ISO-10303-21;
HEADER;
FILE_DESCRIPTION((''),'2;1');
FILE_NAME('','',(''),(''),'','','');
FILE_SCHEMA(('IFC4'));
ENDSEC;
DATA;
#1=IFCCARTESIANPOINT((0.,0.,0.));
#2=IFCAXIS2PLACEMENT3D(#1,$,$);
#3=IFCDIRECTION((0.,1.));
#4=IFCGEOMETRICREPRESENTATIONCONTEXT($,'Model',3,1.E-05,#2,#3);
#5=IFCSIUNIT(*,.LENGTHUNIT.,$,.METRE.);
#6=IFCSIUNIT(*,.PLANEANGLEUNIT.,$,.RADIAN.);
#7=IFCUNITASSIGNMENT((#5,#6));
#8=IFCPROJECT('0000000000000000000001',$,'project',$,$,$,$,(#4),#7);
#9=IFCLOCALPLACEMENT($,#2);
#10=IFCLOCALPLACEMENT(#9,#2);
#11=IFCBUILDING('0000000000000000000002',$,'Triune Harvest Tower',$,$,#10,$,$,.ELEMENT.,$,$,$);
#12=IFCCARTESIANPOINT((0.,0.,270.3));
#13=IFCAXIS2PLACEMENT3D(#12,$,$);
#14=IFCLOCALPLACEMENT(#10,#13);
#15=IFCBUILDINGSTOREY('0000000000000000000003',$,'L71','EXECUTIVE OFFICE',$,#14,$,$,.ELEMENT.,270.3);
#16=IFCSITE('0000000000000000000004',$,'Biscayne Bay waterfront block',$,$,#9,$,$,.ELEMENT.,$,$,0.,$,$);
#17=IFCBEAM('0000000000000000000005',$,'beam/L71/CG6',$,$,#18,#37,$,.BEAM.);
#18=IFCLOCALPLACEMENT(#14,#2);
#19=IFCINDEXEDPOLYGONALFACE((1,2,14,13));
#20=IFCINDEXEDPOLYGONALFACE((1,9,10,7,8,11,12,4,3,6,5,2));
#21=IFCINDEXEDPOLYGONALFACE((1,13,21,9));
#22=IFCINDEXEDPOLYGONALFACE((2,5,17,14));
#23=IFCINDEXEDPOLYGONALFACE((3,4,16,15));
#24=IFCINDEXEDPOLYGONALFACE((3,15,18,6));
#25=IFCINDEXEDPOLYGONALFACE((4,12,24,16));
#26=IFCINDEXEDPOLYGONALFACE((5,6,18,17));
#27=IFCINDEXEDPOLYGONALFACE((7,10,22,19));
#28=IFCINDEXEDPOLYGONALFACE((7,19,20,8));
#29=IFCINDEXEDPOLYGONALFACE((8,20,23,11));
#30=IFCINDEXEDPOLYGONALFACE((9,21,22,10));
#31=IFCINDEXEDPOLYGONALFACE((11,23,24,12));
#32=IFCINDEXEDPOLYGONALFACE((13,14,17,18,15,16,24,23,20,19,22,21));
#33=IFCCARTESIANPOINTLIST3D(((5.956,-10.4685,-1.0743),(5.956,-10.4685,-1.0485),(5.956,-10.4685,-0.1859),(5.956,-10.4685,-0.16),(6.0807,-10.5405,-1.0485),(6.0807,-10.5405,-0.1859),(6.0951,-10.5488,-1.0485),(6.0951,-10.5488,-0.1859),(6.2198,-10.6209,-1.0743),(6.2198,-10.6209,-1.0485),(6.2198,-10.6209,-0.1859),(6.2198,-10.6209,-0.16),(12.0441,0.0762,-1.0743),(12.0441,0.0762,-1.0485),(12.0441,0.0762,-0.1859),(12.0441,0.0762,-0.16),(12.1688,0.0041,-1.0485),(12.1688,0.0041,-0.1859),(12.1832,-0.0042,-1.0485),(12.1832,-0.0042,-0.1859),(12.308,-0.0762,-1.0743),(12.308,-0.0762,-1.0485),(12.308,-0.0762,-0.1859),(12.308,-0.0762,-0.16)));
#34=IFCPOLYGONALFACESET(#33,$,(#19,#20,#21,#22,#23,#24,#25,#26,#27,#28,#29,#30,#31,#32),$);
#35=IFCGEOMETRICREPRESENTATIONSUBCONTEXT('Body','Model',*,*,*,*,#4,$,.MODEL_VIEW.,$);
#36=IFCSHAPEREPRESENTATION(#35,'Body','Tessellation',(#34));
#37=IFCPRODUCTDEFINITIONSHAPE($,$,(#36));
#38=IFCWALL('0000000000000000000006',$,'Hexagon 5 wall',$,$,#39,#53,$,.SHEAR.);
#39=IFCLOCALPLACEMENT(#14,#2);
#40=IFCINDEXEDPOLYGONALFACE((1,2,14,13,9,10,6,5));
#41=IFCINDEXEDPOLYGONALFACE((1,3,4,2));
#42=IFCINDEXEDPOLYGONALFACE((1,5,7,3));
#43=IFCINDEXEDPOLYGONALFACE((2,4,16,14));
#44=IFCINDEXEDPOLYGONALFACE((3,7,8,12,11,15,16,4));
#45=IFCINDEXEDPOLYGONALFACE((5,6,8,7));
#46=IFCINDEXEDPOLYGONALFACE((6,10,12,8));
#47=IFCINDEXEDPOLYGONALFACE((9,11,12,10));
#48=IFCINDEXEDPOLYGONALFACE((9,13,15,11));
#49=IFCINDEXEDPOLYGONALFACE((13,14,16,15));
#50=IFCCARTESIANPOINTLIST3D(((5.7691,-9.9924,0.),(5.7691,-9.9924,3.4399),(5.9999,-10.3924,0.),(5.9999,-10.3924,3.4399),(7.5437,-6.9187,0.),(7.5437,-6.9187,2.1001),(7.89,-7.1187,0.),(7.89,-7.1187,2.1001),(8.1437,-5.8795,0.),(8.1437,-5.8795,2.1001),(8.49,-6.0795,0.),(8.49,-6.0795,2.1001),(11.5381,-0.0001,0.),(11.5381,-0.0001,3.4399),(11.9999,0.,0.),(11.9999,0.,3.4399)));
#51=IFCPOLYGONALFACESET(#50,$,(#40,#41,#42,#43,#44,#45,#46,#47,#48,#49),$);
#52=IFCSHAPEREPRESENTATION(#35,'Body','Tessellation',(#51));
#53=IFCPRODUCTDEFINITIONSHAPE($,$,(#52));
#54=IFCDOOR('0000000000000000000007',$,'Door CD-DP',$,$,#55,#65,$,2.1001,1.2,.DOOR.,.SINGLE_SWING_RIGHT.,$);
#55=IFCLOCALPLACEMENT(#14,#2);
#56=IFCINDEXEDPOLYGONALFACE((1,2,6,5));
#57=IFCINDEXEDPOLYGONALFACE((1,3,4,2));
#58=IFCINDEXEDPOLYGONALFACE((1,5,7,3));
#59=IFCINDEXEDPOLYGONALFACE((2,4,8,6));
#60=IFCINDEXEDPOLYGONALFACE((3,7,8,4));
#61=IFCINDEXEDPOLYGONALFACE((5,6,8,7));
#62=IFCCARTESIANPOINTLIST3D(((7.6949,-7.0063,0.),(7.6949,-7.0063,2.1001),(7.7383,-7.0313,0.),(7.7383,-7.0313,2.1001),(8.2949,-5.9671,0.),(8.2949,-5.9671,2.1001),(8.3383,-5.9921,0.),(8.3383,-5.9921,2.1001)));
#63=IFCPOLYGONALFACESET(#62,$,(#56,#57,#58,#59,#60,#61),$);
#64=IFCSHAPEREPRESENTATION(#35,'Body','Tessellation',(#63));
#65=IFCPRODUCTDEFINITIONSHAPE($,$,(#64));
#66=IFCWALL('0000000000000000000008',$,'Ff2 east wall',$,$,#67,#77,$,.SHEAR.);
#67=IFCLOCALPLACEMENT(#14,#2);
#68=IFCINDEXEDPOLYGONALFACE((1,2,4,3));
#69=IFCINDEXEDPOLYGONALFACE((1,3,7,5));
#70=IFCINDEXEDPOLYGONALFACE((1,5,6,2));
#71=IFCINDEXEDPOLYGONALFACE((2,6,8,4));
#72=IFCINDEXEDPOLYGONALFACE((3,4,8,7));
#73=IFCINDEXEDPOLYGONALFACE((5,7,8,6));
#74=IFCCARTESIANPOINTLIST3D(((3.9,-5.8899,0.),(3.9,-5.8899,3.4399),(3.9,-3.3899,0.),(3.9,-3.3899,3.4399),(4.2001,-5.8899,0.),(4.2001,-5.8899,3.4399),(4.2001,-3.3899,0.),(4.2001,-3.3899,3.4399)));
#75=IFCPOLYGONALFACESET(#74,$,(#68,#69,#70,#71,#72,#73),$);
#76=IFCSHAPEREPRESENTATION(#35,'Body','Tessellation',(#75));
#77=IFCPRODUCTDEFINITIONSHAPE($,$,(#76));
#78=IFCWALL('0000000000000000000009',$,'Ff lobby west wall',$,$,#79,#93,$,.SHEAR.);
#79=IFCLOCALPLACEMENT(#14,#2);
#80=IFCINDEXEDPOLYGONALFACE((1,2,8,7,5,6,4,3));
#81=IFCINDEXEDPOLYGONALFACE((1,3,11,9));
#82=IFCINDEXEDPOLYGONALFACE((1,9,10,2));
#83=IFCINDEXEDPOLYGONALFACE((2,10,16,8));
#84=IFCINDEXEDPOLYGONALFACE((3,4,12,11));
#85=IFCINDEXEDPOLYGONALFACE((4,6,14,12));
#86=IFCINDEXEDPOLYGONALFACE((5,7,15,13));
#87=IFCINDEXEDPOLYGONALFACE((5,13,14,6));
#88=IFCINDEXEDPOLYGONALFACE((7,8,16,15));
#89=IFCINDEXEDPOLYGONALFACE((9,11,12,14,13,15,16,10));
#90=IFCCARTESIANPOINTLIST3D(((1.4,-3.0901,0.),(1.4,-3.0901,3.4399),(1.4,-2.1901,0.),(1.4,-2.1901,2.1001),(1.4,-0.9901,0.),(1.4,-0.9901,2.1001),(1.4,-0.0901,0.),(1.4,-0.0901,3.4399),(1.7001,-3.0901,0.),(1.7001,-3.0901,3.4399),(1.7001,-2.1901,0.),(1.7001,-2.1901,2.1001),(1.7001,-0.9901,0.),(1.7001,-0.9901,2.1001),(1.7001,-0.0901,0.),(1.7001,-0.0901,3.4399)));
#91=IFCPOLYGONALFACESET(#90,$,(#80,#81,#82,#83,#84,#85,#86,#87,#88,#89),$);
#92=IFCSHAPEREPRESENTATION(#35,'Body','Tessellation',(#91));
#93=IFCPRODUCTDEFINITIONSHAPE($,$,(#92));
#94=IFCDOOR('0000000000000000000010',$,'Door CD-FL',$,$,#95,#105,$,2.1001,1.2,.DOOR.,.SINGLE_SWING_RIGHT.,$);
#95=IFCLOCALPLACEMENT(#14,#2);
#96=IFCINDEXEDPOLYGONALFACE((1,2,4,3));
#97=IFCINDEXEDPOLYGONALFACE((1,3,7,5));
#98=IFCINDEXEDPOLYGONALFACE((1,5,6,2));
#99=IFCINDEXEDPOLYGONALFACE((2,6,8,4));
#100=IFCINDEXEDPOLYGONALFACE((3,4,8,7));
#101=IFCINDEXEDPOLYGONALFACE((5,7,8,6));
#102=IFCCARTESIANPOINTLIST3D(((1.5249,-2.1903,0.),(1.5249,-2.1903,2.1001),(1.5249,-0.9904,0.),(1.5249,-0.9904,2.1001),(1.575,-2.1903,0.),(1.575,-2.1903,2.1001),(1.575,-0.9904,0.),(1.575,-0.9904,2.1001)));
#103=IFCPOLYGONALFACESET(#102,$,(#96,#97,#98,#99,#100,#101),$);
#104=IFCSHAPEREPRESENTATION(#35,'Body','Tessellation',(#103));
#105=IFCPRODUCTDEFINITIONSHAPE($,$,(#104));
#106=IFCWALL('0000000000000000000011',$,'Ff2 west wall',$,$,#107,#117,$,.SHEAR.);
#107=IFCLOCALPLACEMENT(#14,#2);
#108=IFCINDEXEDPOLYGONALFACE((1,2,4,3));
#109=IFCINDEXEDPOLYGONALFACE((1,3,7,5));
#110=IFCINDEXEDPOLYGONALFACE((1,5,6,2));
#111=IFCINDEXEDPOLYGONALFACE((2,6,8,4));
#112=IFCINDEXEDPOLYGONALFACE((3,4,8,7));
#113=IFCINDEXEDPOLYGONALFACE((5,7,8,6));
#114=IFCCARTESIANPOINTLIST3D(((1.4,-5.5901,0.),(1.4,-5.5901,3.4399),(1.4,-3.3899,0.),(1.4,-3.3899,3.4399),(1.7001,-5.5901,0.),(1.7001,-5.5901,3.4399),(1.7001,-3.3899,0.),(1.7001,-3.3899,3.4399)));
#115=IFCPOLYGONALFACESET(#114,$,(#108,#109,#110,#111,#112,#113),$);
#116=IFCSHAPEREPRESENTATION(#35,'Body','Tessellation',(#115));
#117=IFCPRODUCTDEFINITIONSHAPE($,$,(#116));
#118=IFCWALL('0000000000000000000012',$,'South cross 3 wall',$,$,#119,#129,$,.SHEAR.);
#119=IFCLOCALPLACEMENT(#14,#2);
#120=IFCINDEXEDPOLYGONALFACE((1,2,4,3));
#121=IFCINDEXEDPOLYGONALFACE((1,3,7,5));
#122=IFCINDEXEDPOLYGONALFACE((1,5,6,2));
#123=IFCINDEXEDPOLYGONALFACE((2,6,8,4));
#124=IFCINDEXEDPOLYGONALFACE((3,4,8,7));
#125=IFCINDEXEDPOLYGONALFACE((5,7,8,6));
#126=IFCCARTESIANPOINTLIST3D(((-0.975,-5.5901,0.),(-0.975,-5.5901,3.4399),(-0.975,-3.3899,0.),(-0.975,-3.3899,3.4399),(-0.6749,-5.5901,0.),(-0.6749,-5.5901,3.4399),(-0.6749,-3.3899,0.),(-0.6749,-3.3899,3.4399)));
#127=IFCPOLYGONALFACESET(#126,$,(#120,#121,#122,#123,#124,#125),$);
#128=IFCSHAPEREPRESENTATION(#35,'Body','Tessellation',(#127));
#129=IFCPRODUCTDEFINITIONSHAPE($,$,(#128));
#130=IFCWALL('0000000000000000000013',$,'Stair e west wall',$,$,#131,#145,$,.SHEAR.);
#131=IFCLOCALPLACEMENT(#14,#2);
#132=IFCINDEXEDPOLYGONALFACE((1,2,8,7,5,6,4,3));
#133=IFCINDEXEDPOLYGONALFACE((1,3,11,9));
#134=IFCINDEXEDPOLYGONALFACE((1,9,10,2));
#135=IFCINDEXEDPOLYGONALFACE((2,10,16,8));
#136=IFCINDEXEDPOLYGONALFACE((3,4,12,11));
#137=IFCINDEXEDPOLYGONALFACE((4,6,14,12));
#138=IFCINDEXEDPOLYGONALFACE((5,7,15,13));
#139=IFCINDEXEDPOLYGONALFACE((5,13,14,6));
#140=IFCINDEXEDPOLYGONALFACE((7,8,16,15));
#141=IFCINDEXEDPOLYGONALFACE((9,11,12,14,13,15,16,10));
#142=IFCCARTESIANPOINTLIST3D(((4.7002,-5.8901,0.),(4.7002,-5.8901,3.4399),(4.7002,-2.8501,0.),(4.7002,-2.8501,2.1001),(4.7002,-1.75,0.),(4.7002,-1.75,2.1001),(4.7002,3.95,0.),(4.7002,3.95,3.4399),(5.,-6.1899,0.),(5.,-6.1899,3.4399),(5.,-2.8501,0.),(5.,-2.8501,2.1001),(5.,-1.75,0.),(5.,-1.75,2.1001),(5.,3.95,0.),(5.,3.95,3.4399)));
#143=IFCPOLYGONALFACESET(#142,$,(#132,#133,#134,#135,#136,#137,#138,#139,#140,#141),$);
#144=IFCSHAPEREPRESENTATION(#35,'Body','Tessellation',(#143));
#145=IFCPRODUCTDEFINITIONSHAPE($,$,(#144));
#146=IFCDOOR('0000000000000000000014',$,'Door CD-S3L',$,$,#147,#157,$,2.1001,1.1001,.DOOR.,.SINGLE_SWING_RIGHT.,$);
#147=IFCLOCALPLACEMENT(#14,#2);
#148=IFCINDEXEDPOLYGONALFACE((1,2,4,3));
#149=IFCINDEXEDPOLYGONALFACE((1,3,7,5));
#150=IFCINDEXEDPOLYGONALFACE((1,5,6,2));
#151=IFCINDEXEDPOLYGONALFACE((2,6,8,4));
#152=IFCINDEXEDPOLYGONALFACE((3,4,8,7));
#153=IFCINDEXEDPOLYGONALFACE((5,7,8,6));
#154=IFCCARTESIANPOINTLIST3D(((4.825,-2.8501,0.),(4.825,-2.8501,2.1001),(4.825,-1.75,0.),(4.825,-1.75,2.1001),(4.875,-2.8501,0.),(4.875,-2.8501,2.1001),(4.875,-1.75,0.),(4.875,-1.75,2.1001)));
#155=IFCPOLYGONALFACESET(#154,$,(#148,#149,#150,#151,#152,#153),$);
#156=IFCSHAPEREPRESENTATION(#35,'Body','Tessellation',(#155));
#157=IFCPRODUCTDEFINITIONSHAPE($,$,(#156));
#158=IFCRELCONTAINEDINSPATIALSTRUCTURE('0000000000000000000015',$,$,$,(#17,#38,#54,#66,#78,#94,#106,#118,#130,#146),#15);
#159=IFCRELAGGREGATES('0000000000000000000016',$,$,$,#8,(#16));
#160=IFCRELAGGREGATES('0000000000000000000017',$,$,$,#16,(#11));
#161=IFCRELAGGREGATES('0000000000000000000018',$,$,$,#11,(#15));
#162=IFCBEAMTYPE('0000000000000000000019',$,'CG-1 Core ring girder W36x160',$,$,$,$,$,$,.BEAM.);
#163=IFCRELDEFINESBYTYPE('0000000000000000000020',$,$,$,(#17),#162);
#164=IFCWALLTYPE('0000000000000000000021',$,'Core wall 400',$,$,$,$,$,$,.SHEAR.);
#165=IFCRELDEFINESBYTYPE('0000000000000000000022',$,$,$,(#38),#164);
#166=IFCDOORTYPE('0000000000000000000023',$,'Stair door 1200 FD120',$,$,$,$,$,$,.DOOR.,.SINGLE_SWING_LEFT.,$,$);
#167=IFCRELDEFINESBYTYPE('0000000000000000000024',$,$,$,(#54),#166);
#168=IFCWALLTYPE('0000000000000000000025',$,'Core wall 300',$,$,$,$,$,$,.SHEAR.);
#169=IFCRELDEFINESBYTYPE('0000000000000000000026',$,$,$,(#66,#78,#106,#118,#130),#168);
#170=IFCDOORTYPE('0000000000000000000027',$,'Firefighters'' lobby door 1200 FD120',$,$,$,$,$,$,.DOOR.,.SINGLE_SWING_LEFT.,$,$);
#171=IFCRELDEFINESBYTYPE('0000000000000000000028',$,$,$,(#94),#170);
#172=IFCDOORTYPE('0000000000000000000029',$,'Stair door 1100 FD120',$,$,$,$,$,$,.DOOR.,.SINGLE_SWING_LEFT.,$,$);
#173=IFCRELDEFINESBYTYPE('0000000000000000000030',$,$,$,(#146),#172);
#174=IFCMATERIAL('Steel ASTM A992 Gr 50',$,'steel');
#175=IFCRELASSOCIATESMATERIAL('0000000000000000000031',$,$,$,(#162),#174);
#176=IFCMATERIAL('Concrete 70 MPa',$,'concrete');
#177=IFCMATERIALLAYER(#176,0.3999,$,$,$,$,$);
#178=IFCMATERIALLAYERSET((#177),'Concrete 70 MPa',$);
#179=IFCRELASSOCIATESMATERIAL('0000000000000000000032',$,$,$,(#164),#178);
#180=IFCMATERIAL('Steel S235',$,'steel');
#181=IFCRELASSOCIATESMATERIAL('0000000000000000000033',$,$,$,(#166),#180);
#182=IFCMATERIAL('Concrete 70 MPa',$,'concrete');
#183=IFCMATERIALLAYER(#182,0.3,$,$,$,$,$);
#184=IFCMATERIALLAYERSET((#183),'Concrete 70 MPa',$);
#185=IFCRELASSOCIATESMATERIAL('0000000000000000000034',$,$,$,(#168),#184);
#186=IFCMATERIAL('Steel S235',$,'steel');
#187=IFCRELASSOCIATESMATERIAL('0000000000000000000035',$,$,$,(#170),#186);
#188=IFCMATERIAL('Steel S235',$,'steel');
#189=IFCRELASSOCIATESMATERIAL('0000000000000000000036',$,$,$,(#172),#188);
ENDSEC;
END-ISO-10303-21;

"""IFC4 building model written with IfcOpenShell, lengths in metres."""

from ifc_helpers import new_model, si_unit, direction, frame, frame_2d, origin, origin_2d, place, context, subcontext, project, spatial, polyline, rectangle, i_section, outline, extrude, source, transform, mapped, material, layer, layer_set, material_profile, profile_set, type_object, element, fill, save


model = new_model("IFC4")

# Units and contexts
model_context = context("Model", 3, precision=1e-05, world=origin(), true_north=direction((0.0, 1.0)))
body_context = subcontext(model_context, "Body", "Model", "MODEL_VIEW")
ifc_project = project(units=[si_unit("LENGTHUNIT", "METRE"), si_unit("PLANEANGLEUNIT", "RADIAN")], contexts=[model_context])

# Site, building, storey
site_placement = place(None, origin())
site = spatial("IfcSite", under=ifc_project, at=site_placement, Name="Biscayne Bay waterfront block", CompositionType="ELEMENT", RefElevation=0.0)
building_placement = place(site_placement, origin())
building = spatial("IfcBuilding", under=site, at=building_placement, Name="Triune Harvest Tower", CompositionType="ELEMENT")
storey_placement = place(building_placement, frame((0.0, 0.0, 270.3)))
storey = spatial("IfcBuildingStorey", under=building, at=storey_placement, Name="L71", Description="EXECUTIVE OFFICE", CompositionType="ELEMENT", Elevation=270.3)

# Beam
ifc_material_1 = material(Name="Steel ASTM A992 Gr 50", Category="steel")
ifc_material_profile = material_profile(ifc_material_1, i_section(OverallWidth=0.3047, OverallDepth=0.9143, WebThickness=0.0166, FlangeThickness=0.0259, at=origin_2d()), Name="W36x160")
ifc_profile_set = profile_set([ifc_material_profile], Name="Steel ASTM A992 Gr 50")
beam_type = type_object("IfcBeamType", Name="CG-1 Core ring girder W36x160", PredefinedType="BEAM", material=ifc_profile_set)
shared_shape_1 = source(origin(), body_context, "Body", "SweptSolid", [
    extrude(i_section(OverallWidth=0.3047, OverallDepth=0.9143, WebThickness=0.0166, FlangeThickness=0.0259, at=origin_2d()), origin(), (0.0, 0.0, 1.0), 12.176),
])
beam_placement = place(storey_placement, frame((6.0879, -10.5447, -0.6172), z_axis=(0.50001, 0.86602, 0.0), x_axis=(-0.86602, 0.50001, 0.0)))
element("IfcBeam", 1, at=beam_placement, inside=storey, type_object=beam_type, Name="beam/L71/CG6", PredefinedType="BEAM", context=body_context, shape_type="MappedRepresentation", body=[
    mapped(shared_shape_1, transform((0.0, 0.0, 0.0), scale=1.0)),
])

# Wall, opening, door
ifc_material_2 = material(Name="Concrete 70 MPa", Category="concrete")
ifc_layer_1 = layer(ifc_material_2, 0.3999)
ifc_layer_set_1 = layer_set([ifc_layer_1], Name="Concrete 70 MPa")
wall_type_1 = type_object("IfcWallType", Name="Core wall 400", PredefinedType="SHEAR", material=ifc_layer_set_1)
shared_shape_2 = source(origin(), body_context, "Body", "SweptSolid", [
    extrude(outline(polyline([(-0.1155, -0.2), (11.8845, -0.2), (11.6536, 0.2), (0.1155, 0.2), (-0.1155, -0.2)])), origin(), (0.0, 0.0, 1.0), 3.4399),
])
wall_1_placement = place(storey_placement, frame((5.8845, -10.1924, 0.0), z_axis=(0.0, 0.0, 1.0), x_axis=(0.499997, 0.866027, 0.0)))
wall_1 = element("IfcWall", 2, at=wall_1_placement, inside=storey, type_object=wall_type_1, Name="Hexagon 5 wall", PredefinedType="SHEAR", context=body_context, shape_type="MappedRepresentation", body=[
    mapped(shared_shape_2, transform((0.0, 0.0, 0.0), scale=1.0)),
])
opening_1_placement = place(wall_1_placement, frame((3.6646, 0.0, 0.0)))
opening_1 = element("IfcOpeningElement", 3, at=opening_1_placement, cuts=wall_1, PredefinedType="OPENING", context=body_context, shape_type="SweptSolid", body=[
    extrude(rectangle(XDim=1.2, YDim=2.1001, at=frame_2d((0.6001, 1.05))), frame((0.0, 0.21, 0.0), z_axis=(0.0, -1.0, 0.0), x_axis=(1.0, 0.0, 0.0)), (0.0, 0.0, 1.0), 0.4199),
])
ifc_material_3 = material(Name="Steel S235", Category="steel")
door_type_1 = type_object("IfcDoorType", Name="Stair door 1200 FD120", OperationType="SINGLE_SWING_LEFT", PredefinedType="DOOR", material=ifc_material_3)
door_1_placement = place(opening_1_placement, frame((1.2, 0.0, 0.0), z_axis=(0.0, 0.0, 1.0), x_axis=(-1.0, 0.0, 0.0)))
door_1 = element("IfcDoor", 4, at=door_1_placement, inside=storey, type_object=door_type_1, Name="Door CD-DP", OperationType="SINGLE_SWING_RIGHT", OverallHeight=2.1001, OverallWidth=1.2, PredefinedType="DOOR", context=body_context, shape_type="SweptSolid", body=[
    extrude(rectangle(XDim=1.2, YDim=2.1001, at=frame_2d((0.6001, 1.05))), frame((0.0, 0.0249, 0.0), z_axis=(0.0, -1.0, 0.0), x_axis=(1.0, 0.0, 0.0)), (0.0, 0.0, 1.0), 0.05),
])
fill(opening_1, door_1)

# Wall
ifc_material_4 = material(Name="Concrete 70 MPa", Category="concrete")
ifc_layer_2 = layer(ifc_material_4, 0.3)
ifc_layer_set_2 = layer_set([ifc_layer_2], Name="Concrete 70 MPa")
wall_type_2 = type_object("IfcWallType", Name="Core wall 300", PredefinedType="SHEAR", material=ifc_layer_set_2)
shared_shape_3 = source(origin(), body_context, "Body", "SweptSolid", [
    extrude(rectangle(XDim=2.5, YDim=0.3, at=frame_2d((1.25, 0.0))), origin(), (0.0, 0.0, 1.0), 3.4399),
])
wall_2_placement = place(storey_placement, frame((4.05, -5.8899, 0.0), z_axis=(0.0, 0.0, 1.0), x_axis=(0.0, 1.0, 0.0)))
element("IfcWall", 5, at=wall_2_placement, inside=storey, type_object=wall_type_2, Name="Ff2 east wall", PredefinedType="SHEAR", context=body_context, shape_type="MappedRepresentation", body=[
    mapped(shared_shape_3, transform((0.0, 0.0, 0.0), scale=1.0)),
])

# Wall, opening, door
shared_shape_4 = source(origin(), body_context, "Body", "SweptSolid", [
    extrude(rectangle(XDim=3.0, YDim=0.3, at=frame_2d((1.5, 0.0))), origin(), (0.0, 0.0, 1.0), 3.4399),
])
wall_3_placement = place(storey_placement, frame((1.55, -3.0901, 0.0), z_axis=(0.0, 0.0, 1.0), x_axis=(0.0, 1.0, 0.0)))
wall_3 = element("IfcWall", 6, at=wall_3_placement, inside=storey, type_object=wall_type_2, Name="Ff lobby west wall", PredefinedType="SHEAR", context=body_context, shape_type="MappedRepresentation", body=[
    mapped(shared_shape_4, transform((0.0, 0.0, 0.0), scale=1.0)),
])
opening_2_placement = place(wall_3_placement, frame((0.8999, 0.0, 0.0)))
opening_2 = element("IfcOpeningElement", 7, at=opening_2_placement, cuts=wall_3, PredefinedType="OPENING", context=body_context, shape_type="SweptSolid", body=[
    extrude(rectangle(XDim=1.2, YDim=2.1001, at=frame_2d((0.6001, 1.05))), frame((0.0, 0.1602, 0.0), z_axis=(0.0, -1.0, 0.0), x_axis=(1.0, 0.0, 0.0)), (0.0, 0.0, 1.0), 0.3201),
])
ifc_material_5 = material(Name="Steel S235", Category="steel")
door_type_2 = type_object("IfcDoorType", Name="Firefighters' lobby door 1200 FD120", OperationType="SINGLE_SWING_LEFT", PredefinedType="DOOR", material=ifc_material_5)
door_2_placement = place(opening_2_placement, frame((1.2, 0.0, 0.0), z_axis=(0.0, 0.0, 1.0), x_axis=(-1.0, 0.0, 0.0)))
door_2 = element("IfcDoor", 8, at=door_2_placement, inside=storey, type_object=door_type_2, Name="Door CD-FL", OperationType="SINGLE_SWING_RIGHT", OverallHeight=2.1001, OverallWidth=1.2, PredefinedType="DOOR", context=body_context, shape_type="SweptSolid", body=[
    extrude(rectangle(XDim=1.2, YDim=2.1001, at=frame_2d((0.6001, 1.05))), frame((0.0, 0.0249, 0.0), z_axis=(0.0, -1.0, 0.0), x_axis=(1.0, 0.0, 0.0)), (0.0, 0.0, 1.0), 0.05),
])
fill(opening_2, door_2)

# Walls
shared_shape_5 = source(origin(), body_context, "Body", "SweptSolid", [
    extrude(rectangle(XDim=2.2002, YDim=0.3, at=frame_2d((1.1001, 0.0))), origin(), (0.0, 0.0, 1.0), 3.4399),
])
for number, where, z_axis, x_axis, name in (
    (9, (1.55, -5.5901, 0.0), (0.0, 0.0, 1.0), (0.0, 1.0, 0.0), "Ff2 west wall"),
    (10, (-0.825, -5.5901, 0.0), (0.0, 0.0, 1.0), (0.0, 1.0, 0.0), "South cross 3 wall"),
):
    element("IfcWall", number, at=place(storey_placement, frame(where, z_axis=z_axis, x_axis=x_axis)), inside=storey, type_object=wall_type_2, Name=name, PredefinedType="SHEAR", context=body_context, shape_type="MappedRepresentation", body=[
        mapped(shared_shape_5, transform((0.0, 0.0, 0.0), scale=1.0)),
    ])

# Wall, opening, door
shared_shape_6 = source(origin(), body_context, "Body", "SweptSolid", [
    extrude(outline(polyline([(-0.1499, -0.1499), (9.99, -0.1499), (9.99, 0.1499), (0.1499, 0.1499), (-0.1499, -0.1499)])), origin(), (0.0, 0.0, 1.0), 3.4399),
])
wall_4_placement = place(storey_placement, frame((4.8501, -6.04, 0.0), z_axis=(0.0, 0.0, 1.0), x_axis=(0.0, 1.0, 0.0)))
wall_4 = element("IfcWall", 11, at=wall_4_placement, inside=storey, type_object=wall_type_2, Name="Stair e west wall", PredefinedType="SHEAR", context=body_context, shape_type="MappedRepresentation", body=[
    mapped(shared_shape_6, transform((0.0, 0.0, 0.0), scale=1.0)),
])
opening_3_placement = place(wall_4_placement, frame((3.1899, 0.0, 0.0)))
opening_3 = element("IfcOpeningElement", 12, at=opening_3_placement, cuts=wall_4, PredefinedType="OPENING", context=body_context, shape_type="SweptSolid", body=[
    extrude(rectangle(XDim=1.1001, YDim=2.1001, at=frame_2d((0.55, 1.05))), frame((0.0, 0.1602, 0.0), z_axis=(0.0, -1.0, 0.0), x_axis=(1.0, 0.0, 0.0)), (0.0, 0.0, 1.0), 0.3201),
])
ifc_material_6 = material(Name="Steel S235", Category="steel")
door_type_3 = type_object("IfcDoorType", Name="Stair door 1100 FD120", OperationType="SINGLE_SWING_LEFT", PredefinedType="DOOR", material=ifc_material_6)
door_3_placement = place(opening_3_placement, frame((1.1001, 0.0, 0.0), z_axis=(0.0, 0.0, 1.0), x_axis=(-1.0, 0.0, 0.0)))
door_3 = element("IfcDoor", 13, at=door_3_placement, inside=storey, type_object=door_type_3, Name="Door CD-S3L", OperationType="SINGLE_SWING_RIGHT", OverallHeight=2.1001, OverallWidth=1.1001, PredefinedType="DOOR", context=body_context, shape_type="SweptSolid", body=[
    extrude(rectangle(XDim=1.1001, YDim=2.1001, at=frame_2d((0.55, 1.05))), frame((0.0, 0.0249, 0.0), z_axis=(0.0, -1.0, 0.0), x_axis=(1.0, 0.0, 0.0)), (0.0, 0.0, 1.0), 0.05),
])
fill(opening_3, door_3)

save(model, "model.ifc")
